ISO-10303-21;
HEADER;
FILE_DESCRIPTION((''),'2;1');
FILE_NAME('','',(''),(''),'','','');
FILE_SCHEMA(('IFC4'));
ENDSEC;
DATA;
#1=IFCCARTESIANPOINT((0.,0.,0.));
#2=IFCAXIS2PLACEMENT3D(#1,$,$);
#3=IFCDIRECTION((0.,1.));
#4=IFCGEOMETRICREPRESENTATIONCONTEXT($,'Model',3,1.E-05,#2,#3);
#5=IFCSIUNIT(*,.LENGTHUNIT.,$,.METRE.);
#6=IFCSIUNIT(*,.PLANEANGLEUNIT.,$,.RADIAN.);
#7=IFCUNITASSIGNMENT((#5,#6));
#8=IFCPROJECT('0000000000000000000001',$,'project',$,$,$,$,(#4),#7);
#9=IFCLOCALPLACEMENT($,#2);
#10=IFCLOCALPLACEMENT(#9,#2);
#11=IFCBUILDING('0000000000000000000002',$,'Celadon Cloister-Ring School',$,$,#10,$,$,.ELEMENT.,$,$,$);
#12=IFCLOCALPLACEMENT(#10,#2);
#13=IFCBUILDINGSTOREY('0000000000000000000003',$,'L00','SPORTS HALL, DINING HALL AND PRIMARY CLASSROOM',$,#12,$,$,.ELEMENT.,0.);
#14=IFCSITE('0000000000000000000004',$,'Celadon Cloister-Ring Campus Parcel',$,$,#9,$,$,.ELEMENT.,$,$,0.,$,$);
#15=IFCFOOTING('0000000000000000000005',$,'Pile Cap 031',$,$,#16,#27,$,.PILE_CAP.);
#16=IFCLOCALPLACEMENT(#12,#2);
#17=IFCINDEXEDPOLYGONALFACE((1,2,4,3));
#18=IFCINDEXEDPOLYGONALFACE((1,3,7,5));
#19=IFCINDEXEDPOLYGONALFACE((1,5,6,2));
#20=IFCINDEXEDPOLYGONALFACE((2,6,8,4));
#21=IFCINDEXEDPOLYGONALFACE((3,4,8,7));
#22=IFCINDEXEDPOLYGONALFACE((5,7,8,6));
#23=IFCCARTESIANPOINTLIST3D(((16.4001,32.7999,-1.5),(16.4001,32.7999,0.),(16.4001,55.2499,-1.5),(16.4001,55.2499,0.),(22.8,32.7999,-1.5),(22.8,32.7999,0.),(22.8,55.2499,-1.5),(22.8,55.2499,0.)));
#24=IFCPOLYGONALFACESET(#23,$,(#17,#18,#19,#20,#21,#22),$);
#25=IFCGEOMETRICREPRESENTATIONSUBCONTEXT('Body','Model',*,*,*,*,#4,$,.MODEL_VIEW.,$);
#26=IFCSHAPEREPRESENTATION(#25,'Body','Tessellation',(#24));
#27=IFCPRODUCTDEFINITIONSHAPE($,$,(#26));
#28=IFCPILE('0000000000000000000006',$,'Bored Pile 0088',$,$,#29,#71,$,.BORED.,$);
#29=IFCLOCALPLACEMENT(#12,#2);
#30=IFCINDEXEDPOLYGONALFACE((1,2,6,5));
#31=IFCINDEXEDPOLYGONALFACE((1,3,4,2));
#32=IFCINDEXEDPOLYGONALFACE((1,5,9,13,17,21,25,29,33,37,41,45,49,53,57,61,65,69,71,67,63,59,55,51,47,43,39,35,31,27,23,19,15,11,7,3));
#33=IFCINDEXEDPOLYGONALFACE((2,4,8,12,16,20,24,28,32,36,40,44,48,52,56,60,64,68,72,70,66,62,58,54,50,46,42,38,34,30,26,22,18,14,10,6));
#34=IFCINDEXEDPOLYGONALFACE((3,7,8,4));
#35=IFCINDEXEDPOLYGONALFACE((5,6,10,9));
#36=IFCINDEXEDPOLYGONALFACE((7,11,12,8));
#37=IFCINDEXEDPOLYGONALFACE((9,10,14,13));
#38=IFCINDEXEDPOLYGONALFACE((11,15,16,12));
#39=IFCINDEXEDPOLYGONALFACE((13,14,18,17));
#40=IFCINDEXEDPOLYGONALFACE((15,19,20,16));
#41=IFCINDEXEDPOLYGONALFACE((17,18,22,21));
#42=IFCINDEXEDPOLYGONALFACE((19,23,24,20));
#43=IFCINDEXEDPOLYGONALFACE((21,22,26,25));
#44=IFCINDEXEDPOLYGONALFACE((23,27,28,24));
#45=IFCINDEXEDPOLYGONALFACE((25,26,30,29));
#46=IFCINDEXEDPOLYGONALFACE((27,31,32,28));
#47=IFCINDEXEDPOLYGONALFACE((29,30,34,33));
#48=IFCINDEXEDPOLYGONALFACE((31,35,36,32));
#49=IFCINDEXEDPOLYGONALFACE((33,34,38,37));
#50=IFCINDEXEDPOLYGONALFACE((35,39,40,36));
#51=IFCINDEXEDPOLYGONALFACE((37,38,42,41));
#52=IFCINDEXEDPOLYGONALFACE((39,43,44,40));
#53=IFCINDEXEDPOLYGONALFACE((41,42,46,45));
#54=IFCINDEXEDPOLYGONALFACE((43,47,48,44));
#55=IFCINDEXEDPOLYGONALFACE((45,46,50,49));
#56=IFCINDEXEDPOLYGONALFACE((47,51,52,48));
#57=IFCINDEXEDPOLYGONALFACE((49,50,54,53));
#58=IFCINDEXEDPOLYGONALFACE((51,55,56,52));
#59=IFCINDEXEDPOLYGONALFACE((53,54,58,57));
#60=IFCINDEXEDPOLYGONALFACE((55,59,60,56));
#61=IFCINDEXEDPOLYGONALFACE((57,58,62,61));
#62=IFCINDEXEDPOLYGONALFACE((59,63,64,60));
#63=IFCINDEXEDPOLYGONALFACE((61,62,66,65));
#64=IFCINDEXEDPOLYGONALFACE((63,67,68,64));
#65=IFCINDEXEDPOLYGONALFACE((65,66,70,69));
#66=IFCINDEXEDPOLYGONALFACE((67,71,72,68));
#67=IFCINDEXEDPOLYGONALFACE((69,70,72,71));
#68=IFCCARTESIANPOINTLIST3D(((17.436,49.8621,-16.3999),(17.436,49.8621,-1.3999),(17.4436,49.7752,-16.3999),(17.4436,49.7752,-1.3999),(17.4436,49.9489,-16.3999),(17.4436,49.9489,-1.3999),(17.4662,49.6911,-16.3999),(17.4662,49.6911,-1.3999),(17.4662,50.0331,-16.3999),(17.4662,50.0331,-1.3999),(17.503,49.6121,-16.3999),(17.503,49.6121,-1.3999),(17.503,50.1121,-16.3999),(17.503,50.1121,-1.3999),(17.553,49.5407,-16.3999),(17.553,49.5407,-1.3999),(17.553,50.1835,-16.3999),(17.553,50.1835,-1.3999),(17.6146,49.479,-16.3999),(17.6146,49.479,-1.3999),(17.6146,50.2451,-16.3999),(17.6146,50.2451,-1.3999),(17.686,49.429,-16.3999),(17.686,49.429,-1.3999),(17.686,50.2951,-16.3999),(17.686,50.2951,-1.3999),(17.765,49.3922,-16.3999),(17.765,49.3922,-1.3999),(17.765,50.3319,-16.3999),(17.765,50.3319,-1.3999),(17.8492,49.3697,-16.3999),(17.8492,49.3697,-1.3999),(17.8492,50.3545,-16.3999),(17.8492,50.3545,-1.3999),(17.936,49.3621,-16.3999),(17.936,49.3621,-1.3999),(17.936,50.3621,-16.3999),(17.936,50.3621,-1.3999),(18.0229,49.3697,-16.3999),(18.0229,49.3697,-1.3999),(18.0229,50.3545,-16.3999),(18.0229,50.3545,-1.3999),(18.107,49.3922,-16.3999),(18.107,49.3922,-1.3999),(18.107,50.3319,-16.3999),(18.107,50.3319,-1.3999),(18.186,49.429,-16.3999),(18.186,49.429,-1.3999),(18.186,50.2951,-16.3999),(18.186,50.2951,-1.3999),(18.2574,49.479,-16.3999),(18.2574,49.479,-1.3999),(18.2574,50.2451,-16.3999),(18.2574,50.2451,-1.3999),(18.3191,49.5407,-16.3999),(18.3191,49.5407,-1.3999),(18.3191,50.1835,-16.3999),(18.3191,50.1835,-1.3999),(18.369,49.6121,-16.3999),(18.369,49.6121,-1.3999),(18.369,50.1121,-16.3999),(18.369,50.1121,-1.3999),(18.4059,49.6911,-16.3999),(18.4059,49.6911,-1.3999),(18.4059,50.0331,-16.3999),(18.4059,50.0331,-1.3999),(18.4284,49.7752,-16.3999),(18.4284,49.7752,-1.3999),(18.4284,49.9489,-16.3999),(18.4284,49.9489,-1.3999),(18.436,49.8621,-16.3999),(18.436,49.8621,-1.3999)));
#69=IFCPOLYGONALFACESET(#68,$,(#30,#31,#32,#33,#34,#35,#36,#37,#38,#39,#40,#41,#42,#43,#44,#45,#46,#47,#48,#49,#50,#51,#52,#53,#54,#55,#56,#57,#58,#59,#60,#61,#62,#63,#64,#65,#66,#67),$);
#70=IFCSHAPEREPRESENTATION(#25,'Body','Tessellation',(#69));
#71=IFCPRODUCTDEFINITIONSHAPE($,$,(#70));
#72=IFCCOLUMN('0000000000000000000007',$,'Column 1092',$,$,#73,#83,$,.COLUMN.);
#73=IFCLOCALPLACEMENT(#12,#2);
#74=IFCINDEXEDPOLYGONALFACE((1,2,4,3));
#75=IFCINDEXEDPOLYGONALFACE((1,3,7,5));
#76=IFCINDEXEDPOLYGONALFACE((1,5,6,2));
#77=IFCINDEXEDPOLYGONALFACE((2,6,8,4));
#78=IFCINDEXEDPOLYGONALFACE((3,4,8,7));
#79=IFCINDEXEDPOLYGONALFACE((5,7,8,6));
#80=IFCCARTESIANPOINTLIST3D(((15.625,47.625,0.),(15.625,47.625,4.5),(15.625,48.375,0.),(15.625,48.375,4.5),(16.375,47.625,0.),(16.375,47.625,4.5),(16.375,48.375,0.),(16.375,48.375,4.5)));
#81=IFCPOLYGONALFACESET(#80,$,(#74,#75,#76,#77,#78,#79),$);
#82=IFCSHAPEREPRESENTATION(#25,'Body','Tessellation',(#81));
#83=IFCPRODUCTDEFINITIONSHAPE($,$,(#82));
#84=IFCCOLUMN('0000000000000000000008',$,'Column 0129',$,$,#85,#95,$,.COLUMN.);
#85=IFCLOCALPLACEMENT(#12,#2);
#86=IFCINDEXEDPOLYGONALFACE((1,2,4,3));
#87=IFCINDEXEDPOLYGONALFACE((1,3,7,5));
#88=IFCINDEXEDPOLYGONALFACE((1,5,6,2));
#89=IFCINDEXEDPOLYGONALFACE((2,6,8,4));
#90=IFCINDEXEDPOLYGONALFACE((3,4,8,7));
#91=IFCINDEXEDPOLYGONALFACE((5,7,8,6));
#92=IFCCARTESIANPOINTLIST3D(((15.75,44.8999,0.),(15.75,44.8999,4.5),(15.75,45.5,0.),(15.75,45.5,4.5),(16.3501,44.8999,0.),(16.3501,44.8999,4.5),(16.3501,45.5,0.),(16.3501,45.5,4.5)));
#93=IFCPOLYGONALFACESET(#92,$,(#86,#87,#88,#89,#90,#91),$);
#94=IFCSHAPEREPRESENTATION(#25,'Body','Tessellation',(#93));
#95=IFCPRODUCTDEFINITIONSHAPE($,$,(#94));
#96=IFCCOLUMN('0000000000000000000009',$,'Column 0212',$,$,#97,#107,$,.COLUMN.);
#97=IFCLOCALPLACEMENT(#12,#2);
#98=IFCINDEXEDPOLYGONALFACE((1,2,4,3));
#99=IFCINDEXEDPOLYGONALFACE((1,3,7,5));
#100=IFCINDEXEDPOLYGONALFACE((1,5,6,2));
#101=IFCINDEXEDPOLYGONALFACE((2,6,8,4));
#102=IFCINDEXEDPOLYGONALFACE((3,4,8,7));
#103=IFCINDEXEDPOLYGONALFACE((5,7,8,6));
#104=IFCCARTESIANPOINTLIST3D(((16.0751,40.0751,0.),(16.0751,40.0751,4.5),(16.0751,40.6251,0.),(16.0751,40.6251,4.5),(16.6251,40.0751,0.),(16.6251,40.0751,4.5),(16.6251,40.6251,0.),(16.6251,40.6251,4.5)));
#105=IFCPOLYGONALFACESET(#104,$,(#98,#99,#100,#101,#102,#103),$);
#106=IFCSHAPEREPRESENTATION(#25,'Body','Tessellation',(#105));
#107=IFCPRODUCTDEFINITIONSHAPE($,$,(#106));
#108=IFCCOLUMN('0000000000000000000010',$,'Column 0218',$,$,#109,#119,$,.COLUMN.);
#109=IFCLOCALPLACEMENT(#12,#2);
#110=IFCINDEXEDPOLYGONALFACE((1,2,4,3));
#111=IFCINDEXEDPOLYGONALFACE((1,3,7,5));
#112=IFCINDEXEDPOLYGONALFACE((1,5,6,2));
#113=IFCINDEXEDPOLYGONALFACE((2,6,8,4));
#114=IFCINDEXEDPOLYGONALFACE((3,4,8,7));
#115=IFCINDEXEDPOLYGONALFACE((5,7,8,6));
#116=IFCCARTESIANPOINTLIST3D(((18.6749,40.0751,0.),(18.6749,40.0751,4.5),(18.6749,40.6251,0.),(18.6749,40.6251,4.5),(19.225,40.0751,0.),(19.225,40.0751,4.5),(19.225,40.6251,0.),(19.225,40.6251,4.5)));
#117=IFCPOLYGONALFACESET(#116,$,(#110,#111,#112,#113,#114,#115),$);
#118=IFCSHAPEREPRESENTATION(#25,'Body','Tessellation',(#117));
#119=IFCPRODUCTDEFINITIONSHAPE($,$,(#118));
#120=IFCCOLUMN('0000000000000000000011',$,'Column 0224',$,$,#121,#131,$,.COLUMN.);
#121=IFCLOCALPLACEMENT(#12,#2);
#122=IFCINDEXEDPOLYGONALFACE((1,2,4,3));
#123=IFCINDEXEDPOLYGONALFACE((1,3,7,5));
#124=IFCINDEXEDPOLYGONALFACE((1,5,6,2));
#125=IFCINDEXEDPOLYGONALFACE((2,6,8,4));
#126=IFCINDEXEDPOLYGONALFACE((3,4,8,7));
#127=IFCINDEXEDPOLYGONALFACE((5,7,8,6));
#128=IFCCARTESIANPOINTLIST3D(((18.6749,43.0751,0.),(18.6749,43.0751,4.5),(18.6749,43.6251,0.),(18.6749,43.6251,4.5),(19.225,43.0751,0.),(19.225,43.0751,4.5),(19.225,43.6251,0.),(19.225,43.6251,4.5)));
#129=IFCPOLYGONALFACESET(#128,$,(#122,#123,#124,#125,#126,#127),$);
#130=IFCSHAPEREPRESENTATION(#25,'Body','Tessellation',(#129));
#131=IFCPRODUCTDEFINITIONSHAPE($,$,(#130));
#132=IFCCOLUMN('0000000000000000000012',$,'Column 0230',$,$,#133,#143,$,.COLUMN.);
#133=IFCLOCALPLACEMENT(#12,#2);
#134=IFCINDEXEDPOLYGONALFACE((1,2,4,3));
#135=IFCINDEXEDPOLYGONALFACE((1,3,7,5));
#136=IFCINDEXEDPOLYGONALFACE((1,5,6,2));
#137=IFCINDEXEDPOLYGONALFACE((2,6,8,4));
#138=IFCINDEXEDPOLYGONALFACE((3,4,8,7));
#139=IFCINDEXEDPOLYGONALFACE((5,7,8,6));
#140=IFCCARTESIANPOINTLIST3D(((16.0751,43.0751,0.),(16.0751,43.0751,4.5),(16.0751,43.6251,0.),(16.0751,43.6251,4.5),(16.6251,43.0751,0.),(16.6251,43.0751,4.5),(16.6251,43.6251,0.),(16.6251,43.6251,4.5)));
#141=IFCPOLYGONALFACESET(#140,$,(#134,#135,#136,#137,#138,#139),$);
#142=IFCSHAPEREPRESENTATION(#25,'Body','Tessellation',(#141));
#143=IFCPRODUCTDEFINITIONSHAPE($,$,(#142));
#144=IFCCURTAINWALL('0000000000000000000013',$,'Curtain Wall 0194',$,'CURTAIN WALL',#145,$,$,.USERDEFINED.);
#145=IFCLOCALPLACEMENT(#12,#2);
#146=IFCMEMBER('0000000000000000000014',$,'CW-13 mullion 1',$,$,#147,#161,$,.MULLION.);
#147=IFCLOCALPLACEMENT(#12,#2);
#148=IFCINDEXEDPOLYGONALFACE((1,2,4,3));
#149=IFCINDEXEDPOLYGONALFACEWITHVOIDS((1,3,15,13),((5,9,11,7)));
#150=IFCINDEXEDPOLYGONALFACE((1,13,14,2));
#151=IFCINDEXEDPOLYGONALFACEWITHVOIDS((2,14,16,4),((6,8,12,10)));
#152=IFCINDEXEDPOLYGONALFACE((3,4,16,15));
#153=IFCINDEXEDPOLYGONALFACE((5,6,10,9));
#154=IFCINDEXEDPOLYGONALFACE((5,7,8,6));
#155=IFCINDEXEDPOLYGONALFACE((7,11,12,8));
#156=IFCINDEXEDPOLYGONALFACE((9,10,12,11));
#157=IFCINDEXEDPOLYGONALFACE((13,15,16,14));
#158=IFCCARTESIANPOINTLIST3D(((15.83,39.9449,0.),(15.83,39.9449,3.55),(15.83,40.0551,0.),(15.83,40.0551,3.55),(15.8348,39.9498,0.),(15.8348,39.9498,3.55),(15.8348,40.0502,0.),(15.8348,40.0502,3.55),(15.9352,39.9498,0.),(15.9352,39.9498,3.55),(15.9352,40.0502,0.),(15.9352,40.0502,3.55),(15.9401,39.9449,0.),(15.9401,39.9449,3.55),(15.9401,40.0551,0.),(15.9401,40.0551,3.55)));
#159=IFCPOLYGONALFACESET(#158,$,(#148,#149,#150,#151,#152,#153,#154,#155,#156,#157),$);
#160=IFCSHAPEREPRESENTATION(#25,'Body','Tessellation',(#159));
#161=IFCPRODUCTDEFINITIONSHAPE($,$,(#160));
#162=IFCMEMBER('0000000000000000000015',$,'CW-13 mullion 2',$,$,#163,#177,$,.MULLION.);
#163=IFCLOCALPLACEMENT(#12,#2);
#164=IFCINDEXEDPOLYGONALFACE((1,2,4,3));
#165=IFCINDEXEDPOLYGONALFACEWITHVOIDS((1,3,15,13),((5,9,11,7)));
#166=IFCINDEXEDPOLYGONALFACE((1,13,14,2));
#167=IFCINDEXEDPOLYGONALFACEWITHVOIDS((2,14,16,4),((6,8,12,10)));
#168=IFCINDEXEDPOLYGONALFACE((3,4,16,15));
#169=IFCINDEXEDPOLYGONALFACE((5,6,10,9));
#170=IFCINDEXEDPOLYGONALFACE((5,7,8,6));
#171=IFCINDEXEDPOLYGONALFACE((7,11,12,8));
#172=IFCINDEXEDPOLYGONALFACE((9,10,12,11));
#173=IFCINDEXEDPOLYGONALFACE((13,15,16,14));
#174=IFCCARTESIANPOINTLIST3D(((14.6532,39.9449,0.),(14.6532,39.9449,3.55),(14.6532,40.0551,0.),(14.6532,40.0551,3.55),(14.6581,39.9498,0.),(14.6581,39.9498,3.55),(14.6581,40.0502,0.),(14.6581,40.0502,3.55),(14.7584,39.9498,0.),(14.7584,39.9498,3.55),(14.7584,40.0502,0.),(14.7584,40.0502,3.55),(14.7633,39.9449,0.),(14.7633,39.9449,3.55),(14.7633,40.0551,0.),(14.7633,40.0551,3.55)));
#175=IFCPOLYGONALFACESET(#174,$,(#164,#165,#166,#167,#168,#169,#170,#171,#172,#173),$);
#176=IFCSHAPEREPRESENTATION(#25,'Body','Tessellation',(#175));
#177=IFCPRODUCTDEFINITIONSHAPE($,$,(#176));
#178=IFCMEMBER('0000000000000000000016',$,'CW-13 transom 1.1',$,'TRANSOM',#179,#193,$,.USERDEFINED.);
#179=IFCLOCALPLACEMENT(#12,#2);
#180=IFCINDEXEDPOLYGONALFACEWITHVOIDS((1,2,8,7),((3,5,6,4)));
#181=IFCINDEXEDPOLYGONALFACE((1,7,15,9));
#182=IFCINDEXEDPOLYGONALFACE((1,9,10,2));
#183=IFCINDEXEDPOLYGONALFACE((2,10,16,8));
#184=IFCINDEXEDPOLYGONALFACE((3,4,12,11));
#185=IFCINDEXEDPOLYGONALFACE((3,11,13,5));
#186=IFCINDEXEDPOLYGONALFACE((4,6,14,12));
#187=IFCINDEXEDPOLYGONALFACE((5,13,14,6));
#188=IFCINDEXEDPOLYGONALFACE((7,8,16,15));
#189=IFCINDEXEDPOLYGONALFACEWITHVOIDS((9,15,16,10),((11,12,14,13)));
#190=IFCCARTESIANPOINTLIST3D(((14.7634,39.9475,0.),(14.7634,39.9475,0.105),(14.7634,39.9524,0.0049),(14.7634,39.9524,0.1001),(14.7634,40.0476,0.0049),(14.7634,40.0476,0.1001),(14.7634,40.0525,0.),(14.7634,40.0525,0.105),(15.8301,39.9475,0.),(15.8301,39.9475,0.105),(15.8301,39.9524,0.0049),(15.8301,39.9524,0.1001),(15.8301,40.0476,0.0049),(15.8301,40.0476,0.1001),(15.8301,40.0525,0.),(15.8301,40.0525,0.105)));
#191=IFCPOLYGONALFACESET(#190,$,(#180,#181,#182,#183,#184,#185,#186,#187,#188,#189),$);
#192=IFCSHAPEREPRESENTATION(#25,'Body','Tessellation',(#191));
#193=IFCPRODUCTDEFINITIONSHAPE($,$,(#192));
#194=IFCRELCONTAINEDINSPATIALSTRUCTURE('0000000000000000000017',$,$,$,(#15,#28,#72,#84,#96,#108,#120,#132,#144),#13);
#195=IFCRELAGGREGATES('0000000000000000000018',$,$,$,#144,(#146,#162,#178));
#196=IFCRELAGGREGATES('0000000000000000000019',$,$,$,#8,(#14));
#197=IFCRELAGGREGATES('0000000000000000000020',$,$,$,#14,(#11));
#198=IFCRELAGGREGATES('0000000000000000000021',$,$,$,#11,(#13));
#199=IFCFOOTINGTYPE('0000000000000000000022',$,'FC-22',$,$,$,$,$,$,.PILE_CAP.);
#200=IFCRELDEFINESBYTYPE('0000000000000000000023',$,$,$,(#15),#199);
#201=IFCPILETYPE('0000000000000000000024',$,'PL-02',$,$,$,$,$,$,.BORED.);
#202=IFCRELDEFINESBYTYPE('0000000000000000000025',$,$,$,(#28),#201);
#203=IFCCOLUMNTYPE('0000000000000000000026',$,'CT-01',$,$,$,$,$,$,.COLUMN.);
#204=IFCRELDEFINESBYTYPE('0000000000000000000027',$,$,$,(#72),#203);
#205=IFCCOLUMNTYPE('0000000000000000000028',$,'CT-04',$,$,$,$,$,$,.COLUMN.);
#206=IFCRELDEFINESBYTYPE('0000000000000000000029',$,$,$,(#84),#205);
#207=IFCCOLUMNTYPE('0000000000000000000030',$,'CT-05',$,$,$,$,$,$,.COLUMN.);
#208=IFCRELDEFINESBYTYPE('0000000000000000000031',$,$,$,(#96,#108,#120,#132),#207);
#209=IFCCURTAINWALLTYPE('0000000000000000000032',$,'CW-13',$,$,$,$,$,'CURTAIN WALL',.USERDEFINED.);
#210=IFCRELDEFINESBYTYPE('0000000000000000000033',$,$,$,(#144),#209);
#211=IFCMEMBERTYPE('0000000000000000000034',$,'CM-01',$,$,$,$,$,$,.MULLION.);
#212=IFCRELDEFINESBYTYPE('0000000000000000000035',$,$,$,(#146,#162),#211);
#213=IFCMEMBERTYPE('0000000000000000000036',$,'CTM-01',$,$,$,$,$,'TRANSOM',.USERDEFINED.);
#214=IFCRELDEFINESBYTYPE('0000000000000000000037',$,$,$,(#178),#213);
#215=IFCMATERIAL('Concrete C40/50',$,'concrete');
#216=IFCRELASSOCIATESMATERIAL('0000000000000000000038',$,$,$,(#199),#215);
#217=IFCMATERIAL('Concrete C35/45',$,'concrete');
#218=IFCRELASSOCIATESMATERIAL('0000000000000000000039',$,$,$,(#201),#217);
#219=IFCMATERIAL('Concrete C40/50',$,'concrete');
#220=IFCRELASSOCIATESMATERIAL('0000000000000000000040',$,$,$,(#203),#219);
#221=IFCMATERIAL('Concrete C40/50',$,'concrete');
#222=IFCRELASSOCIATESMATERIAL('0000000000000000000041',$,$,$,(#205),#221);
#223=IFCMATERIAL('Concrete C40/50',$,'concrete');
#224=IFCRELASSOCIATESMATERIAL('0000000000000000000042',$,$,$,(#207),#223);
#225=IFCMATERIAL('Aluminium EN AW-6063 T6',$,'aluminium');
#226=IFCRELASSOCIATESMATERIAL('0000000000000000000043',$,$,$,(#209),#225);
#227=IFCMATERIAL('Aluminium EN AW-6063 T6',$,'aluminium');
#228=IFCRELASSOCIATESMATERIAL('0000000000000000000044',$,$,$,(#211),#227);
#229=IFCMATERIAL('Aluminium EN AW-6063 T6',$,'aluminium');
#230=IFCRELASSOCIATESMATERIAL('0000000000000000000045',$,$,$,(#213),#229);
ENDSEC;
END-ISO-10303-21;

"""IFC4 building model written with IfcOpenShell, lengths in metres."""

from ifc_helpers import new_model, si_unit, direction, frame, origin, origin_2d, place, context, subcontext, project, spatial, rectangle, hollow_rectangle, circle, extrude, material, material_profile, profile_set, type_object, element, aggregate, save


model = new_model("IFC4")

# Units and contexts
model_context = context("Model", 3, precision=1e-05, world=origin(), true_north=direction((0.0, 1.0)))
body_context = subcontext(model_context, "Body", "Model", "MODEL_VIEW")
ifc_project = project(units=[si_unit("LENGTHUNIT", "METRE"), si_unit("PLANEANGLEUNIT", "RADIAN")], contexts=[model_context])

# Site, building, storey
site_placement = place(None, origin())
site = spatial("IfcSite", under=ifc_project, at=site_placement, Name="Celadon Cloister-Ring Campus Parcel", CompositionType="ELEMENT", RefElevation=0.0)
building_placement = place(site_placement, origin())
building = spatial("IfcBuilding", under=site, at=building_placement, Name="Celadon Cloister-Ring School", CompositionType="ELEMENT")
storey_placement = place(building_placement, origin())
storey = spatial("IfcBuildingStorey", under=building, at=storey_placement, Name="L00", Description="SPORTS HALL, DINING HALL AND PRIMARY CLASSROOM", CompositionType="ELEMENT", Elevation=0.0)

# Footing
ifc_material_1 = material(Name="Concrete C40/50", Category="concrete")
footing_type = type_object("IfcFootingType", Name="FC-22", PredefinedType="PILE_CAP", material=ifc_material_1)
footing_placement = place(storey_placement, frame((19.6001, 44.0249, -1.5), z_axis=(0.0, 0.0, 1.0), x_axis=(1.0, 0.0, 0.0)))
element("IfcFooting", 1, at=footing_placement, inside=storey, type_object=footing_type, Name="Pile Cap 031", PredefinedType="PILE_CAP", context=body_context, shape_type="SweptSolid", body=[
    extrude(rectangle(XDim=6.3999, YDim=22.45, at=origin_2d()), origin(), (0.0, 0.0, 1.0), 1.5),
])

# Pile
ifc_material_2 = material(Name="Concrete C35/45", Category="concrete")
ifc_material_profile_1 = material_profile(ifc_material_2, circle(Radius=0.5, at=origin_2d()), Name="PILE1000")
ifc_profile_set_1 = profile_set([ifc_material_profile_1], Name="Concrete C35/45")
pile_type = type_object("IfcPileType", Name="PL-02", PredefinedType="BORED", material=ifc_profile_set_1)
pile_placement = place(storey_placement, frame((17.936, 49.8621, -1.3999), z_axis=(0.0, 0.0, -1.0), x_axis=(1.0, 0.0, 0.0)))
element("IfcPile", 2, at=pile_placement, inside=storey, type_object=pile_type, Name="Bored Pile 0088", PredefinedType="BORED", context=body_context, shape_type="SweptSolid", body=[
    extrude(circle(Radius=0.5, at=origin_2d()), origin(), (0.0, 0.0, 1.0), 15.0),
])

# Columns
ifc_material_3 = material(Name="Concrete C40/50", Category="concrete")
ifc_material_profile_2 = material_profile(ifc_material_3, rectangle(XDim=0.75, YDim=0.75, at=origin_2d()), Name="RC750X750")
ifc_profile_set_2 = profile_set([ifc_material_profile_2], Name="Concrete C40/50")
column_type_1 = type_object("IfcColumnType", Name="CT-01", PredefinedType="COLUMN", material=ifc_profile_set_2)
column_1_placement = place(storey_placement, frame((16.0, 48.0, 0.0), z_axis=(0.0, 0.0, 1.0), x_axis=(1.0, 0.0, 0.0)))
element("IfcColumn", 3, at=column_1_placement, inside=storey, type_object=column_type_1, Name="Column 1092", PredefinedType="COLUMN", context=body_context, shape_type="SweptSolid", body=[
    extrude(rectangle(XDim=0.75, YDim=0.75, at=origin_2d()), origin(), (0.0, 0.0, 1.0), 4.5),
])
ifc_material_4 = material(Name="Concrete C40/50", Category="concrete")
ifc_material_profile_3 = material_profile(ifc_material_4, rectangle(XDim=0.6001, YDim=0.6001, at=origin_2d()), Name="RC600X600")
ifc_profile_set_3 = profile_set([ifc_material_profile_3], Name="Concrete C40/50")
column_type_2 = type_object("IfcColumnType", Name="CT-04", PredefinedType="COLUMN", material=ifc_profile_set_3)
column_2_placement = place(storey_placement, frame((16.05, 45.2, 0.0), z_axis=(0.0, 0.0, 1.0), x_axis=(1.0, 0.0, 0.0)))
element("IfcColumn", 4, at=column_2_placement, inside=storey, type_object=column_type_2, Name="Column 0129", PredefinedType="COLUMN", context=body_context, shape_type="SweptSolid", body=[
    extrude(rectangle(XDim=0.6001, YDim=0.6001, at=origin_2d()), origin(), (0.0, 0.0, 1.0), 4.5),
])
ifc_material_5 = material(Name="Concrete C40/50", Category="concrete")
ifc_material_profile_4 = material_profile(ifc_material_5, rectangle(XDim=0.55, YDim=0.55, at=origin_2d()), Name="RC550X550")
ifc_profile_set_4 = profile_set([ifc_material_profile_4], Name="Concrete C40/50")
column_type_3 = type_object("IfcColumnType", Name="CT-05", PredefinedType="COLUMN", material=ifc_profile_set_4)
for number, where, z_axis, x_axis, name in (
    (5, (16.3501, 40.3501, 0.0), (0.0, 0.0, 1.0), (1.0, 0.0, 0.0), "Column 0212"),
    (6, (18.95, 40.3501, 0.0), (0.0, 0.0, 1.0), (1.0, 0.0, 0.0), "Column 0218"),
    (7, (18.95, 43.3501, 0.0), (0.0, 0.0, 1.0), (1.0, 0.0, 0.0), "Column 0224"),
    (8, (16.3501, 43.3501, 0.0), (0.0, 0.0, 1.0), (1.0, 0.0, 0.0), "Column 0230"),
):
    element("IfcColumn", number, at=place(storey_placement, frame(where, z_axis=z_axis, x_axis=x_axis)), inside=storey, type_object=column_type_3, Name=name, PredefinedType="COLUMN", context=body_context, shape_type="SweptSolid", body=[
        extrude(rectangle(XDim=0.55, YDim=0.55, at=origin_2d()), origin(), (0.0, 0.0, 1.0), 4.5),
    ])

# Curtain wall, members
ifc_material_6 = material(Name="Aluminium EN AW-6063 T6", Category="aluminium")
curtain_wall_type = type_object("IfcCurtainWallType", Name="CW-13", ElementType="CURTAIN WALL", PredefinedType="USERDEFINED", material=ifc_material_6)
curtain_wall_placement = place(storey_placement, origin())
curtain_wall = element("IfcCurtainWall", 9, at=curtain_wall_placement, inside=storey, type_object=curtain_wall_type, Name="Curtain Wall 0194", ObjectType="CURTAIN WALL", PredefinedType="USERDEFINED")
ifc_material_7 = material(Name="Aluminium EN AW-6063 T6", Category="aluminium")
ifc_material_profile_5 = material_profile(ifc_material_7, hollow_rectangle(XDim=0.1101, YDim=0.1101, WallThickness=0.0049, at=origin_2d()), Name="RHS110X110X5")
ifc_profile_set_5 = profile_set([ifc_material_profile_5], Name="Aluminium EN AW-6063 T6")
member_type_1 = type_object("IfcMemberType", Name="CM-01", PredefinedType="MULLION", material=ifc_profile_set_5)
member_1_placement = place(storey_placement, frame((15.885, 40.0, 0.0), z_axis=(0.0, 0.0, 1.0), x_axis=(0.0, -1.0, 0.0)))
member_1 = element("IfcMember", 10, at=member_1_placement, type_object=member_type_1, Name="CW-13 mullion 1", PredefinedType="MULLION", context=body_context, shape_type="SweptSolid", body=[
    extrude(hollow_rectangle(XDim=0.1101, YDim=0.1101, WallThickness=0.0049, at=origin_2d()), origin(), (0.0, 0.0, 1.0), 3.55),
])
member_2_placement = place(storey_placement, frame((14.7083, 40.0, 0.0), z_axis=(0.0, 0.0, 1.0), x_axis=(0.0, -1.0, 0.0)))
member_2 = element("IfcMember", 11, at=member_2_placement, type_object=member_type_1, Name="CW-13 mullion 2", PredefinedType="MULLION", context=body_context, shape_type="SweptSolid", body=[
    extrude(hollow_rectangle(XDim=0.1101, YDim=0.1101, WallThickness=0.0049, at=origin_2d()), origin(), (0.0, 0.0, 1.0), 3.55),
])
ifc_material_8 = material(Name="Aluminium EN AW-6063 T6", Category="aluminium")
ifc_material_profile_6 = material_profile(ifc_material_8, hollow_rectangle(XDim=0.105, YDim=0.105, WallThickness=0.0049, at=origin_2d()), Name="RHS105X105X5")
ifc_profile_set_6 = profile_set([ifc_material_profile_6], Name="Aluminium EN AW-6063 T6")
member_type_2 = type_object("IfcMemberType", Name="CTM-01", ElementType="TRANSOM", PredefinedType="USERDEFINED", material=ifc_profile_set_6)
member_3_placement = place(storey_placement, frame((15.8301, 40.0, 0.0525), z_axis=(-1.0, 0.0, 0.0), x_axis=(0.0, -1.0, 0.0)))
member_3 = element("IfcMember", 12, at=member_3_placement, type_object=member_type_2, Name="CW-13 transom 1.1", ObjectType="TRANSOM", PredefinedType="USERDEFINED", context=body_context, shape_type="SweptSolid", body=[
    extrude(hollow_rectangle(XDim=0.105, YDim=0.105, WallThickness=0.0049, at=origin_2d()), origin(), (0.0, 0.0, 1.0), 1.0667),
])

aggregate(curtain_wall, [member_1, member_2, member_3])

save(model, "model.ifc")
